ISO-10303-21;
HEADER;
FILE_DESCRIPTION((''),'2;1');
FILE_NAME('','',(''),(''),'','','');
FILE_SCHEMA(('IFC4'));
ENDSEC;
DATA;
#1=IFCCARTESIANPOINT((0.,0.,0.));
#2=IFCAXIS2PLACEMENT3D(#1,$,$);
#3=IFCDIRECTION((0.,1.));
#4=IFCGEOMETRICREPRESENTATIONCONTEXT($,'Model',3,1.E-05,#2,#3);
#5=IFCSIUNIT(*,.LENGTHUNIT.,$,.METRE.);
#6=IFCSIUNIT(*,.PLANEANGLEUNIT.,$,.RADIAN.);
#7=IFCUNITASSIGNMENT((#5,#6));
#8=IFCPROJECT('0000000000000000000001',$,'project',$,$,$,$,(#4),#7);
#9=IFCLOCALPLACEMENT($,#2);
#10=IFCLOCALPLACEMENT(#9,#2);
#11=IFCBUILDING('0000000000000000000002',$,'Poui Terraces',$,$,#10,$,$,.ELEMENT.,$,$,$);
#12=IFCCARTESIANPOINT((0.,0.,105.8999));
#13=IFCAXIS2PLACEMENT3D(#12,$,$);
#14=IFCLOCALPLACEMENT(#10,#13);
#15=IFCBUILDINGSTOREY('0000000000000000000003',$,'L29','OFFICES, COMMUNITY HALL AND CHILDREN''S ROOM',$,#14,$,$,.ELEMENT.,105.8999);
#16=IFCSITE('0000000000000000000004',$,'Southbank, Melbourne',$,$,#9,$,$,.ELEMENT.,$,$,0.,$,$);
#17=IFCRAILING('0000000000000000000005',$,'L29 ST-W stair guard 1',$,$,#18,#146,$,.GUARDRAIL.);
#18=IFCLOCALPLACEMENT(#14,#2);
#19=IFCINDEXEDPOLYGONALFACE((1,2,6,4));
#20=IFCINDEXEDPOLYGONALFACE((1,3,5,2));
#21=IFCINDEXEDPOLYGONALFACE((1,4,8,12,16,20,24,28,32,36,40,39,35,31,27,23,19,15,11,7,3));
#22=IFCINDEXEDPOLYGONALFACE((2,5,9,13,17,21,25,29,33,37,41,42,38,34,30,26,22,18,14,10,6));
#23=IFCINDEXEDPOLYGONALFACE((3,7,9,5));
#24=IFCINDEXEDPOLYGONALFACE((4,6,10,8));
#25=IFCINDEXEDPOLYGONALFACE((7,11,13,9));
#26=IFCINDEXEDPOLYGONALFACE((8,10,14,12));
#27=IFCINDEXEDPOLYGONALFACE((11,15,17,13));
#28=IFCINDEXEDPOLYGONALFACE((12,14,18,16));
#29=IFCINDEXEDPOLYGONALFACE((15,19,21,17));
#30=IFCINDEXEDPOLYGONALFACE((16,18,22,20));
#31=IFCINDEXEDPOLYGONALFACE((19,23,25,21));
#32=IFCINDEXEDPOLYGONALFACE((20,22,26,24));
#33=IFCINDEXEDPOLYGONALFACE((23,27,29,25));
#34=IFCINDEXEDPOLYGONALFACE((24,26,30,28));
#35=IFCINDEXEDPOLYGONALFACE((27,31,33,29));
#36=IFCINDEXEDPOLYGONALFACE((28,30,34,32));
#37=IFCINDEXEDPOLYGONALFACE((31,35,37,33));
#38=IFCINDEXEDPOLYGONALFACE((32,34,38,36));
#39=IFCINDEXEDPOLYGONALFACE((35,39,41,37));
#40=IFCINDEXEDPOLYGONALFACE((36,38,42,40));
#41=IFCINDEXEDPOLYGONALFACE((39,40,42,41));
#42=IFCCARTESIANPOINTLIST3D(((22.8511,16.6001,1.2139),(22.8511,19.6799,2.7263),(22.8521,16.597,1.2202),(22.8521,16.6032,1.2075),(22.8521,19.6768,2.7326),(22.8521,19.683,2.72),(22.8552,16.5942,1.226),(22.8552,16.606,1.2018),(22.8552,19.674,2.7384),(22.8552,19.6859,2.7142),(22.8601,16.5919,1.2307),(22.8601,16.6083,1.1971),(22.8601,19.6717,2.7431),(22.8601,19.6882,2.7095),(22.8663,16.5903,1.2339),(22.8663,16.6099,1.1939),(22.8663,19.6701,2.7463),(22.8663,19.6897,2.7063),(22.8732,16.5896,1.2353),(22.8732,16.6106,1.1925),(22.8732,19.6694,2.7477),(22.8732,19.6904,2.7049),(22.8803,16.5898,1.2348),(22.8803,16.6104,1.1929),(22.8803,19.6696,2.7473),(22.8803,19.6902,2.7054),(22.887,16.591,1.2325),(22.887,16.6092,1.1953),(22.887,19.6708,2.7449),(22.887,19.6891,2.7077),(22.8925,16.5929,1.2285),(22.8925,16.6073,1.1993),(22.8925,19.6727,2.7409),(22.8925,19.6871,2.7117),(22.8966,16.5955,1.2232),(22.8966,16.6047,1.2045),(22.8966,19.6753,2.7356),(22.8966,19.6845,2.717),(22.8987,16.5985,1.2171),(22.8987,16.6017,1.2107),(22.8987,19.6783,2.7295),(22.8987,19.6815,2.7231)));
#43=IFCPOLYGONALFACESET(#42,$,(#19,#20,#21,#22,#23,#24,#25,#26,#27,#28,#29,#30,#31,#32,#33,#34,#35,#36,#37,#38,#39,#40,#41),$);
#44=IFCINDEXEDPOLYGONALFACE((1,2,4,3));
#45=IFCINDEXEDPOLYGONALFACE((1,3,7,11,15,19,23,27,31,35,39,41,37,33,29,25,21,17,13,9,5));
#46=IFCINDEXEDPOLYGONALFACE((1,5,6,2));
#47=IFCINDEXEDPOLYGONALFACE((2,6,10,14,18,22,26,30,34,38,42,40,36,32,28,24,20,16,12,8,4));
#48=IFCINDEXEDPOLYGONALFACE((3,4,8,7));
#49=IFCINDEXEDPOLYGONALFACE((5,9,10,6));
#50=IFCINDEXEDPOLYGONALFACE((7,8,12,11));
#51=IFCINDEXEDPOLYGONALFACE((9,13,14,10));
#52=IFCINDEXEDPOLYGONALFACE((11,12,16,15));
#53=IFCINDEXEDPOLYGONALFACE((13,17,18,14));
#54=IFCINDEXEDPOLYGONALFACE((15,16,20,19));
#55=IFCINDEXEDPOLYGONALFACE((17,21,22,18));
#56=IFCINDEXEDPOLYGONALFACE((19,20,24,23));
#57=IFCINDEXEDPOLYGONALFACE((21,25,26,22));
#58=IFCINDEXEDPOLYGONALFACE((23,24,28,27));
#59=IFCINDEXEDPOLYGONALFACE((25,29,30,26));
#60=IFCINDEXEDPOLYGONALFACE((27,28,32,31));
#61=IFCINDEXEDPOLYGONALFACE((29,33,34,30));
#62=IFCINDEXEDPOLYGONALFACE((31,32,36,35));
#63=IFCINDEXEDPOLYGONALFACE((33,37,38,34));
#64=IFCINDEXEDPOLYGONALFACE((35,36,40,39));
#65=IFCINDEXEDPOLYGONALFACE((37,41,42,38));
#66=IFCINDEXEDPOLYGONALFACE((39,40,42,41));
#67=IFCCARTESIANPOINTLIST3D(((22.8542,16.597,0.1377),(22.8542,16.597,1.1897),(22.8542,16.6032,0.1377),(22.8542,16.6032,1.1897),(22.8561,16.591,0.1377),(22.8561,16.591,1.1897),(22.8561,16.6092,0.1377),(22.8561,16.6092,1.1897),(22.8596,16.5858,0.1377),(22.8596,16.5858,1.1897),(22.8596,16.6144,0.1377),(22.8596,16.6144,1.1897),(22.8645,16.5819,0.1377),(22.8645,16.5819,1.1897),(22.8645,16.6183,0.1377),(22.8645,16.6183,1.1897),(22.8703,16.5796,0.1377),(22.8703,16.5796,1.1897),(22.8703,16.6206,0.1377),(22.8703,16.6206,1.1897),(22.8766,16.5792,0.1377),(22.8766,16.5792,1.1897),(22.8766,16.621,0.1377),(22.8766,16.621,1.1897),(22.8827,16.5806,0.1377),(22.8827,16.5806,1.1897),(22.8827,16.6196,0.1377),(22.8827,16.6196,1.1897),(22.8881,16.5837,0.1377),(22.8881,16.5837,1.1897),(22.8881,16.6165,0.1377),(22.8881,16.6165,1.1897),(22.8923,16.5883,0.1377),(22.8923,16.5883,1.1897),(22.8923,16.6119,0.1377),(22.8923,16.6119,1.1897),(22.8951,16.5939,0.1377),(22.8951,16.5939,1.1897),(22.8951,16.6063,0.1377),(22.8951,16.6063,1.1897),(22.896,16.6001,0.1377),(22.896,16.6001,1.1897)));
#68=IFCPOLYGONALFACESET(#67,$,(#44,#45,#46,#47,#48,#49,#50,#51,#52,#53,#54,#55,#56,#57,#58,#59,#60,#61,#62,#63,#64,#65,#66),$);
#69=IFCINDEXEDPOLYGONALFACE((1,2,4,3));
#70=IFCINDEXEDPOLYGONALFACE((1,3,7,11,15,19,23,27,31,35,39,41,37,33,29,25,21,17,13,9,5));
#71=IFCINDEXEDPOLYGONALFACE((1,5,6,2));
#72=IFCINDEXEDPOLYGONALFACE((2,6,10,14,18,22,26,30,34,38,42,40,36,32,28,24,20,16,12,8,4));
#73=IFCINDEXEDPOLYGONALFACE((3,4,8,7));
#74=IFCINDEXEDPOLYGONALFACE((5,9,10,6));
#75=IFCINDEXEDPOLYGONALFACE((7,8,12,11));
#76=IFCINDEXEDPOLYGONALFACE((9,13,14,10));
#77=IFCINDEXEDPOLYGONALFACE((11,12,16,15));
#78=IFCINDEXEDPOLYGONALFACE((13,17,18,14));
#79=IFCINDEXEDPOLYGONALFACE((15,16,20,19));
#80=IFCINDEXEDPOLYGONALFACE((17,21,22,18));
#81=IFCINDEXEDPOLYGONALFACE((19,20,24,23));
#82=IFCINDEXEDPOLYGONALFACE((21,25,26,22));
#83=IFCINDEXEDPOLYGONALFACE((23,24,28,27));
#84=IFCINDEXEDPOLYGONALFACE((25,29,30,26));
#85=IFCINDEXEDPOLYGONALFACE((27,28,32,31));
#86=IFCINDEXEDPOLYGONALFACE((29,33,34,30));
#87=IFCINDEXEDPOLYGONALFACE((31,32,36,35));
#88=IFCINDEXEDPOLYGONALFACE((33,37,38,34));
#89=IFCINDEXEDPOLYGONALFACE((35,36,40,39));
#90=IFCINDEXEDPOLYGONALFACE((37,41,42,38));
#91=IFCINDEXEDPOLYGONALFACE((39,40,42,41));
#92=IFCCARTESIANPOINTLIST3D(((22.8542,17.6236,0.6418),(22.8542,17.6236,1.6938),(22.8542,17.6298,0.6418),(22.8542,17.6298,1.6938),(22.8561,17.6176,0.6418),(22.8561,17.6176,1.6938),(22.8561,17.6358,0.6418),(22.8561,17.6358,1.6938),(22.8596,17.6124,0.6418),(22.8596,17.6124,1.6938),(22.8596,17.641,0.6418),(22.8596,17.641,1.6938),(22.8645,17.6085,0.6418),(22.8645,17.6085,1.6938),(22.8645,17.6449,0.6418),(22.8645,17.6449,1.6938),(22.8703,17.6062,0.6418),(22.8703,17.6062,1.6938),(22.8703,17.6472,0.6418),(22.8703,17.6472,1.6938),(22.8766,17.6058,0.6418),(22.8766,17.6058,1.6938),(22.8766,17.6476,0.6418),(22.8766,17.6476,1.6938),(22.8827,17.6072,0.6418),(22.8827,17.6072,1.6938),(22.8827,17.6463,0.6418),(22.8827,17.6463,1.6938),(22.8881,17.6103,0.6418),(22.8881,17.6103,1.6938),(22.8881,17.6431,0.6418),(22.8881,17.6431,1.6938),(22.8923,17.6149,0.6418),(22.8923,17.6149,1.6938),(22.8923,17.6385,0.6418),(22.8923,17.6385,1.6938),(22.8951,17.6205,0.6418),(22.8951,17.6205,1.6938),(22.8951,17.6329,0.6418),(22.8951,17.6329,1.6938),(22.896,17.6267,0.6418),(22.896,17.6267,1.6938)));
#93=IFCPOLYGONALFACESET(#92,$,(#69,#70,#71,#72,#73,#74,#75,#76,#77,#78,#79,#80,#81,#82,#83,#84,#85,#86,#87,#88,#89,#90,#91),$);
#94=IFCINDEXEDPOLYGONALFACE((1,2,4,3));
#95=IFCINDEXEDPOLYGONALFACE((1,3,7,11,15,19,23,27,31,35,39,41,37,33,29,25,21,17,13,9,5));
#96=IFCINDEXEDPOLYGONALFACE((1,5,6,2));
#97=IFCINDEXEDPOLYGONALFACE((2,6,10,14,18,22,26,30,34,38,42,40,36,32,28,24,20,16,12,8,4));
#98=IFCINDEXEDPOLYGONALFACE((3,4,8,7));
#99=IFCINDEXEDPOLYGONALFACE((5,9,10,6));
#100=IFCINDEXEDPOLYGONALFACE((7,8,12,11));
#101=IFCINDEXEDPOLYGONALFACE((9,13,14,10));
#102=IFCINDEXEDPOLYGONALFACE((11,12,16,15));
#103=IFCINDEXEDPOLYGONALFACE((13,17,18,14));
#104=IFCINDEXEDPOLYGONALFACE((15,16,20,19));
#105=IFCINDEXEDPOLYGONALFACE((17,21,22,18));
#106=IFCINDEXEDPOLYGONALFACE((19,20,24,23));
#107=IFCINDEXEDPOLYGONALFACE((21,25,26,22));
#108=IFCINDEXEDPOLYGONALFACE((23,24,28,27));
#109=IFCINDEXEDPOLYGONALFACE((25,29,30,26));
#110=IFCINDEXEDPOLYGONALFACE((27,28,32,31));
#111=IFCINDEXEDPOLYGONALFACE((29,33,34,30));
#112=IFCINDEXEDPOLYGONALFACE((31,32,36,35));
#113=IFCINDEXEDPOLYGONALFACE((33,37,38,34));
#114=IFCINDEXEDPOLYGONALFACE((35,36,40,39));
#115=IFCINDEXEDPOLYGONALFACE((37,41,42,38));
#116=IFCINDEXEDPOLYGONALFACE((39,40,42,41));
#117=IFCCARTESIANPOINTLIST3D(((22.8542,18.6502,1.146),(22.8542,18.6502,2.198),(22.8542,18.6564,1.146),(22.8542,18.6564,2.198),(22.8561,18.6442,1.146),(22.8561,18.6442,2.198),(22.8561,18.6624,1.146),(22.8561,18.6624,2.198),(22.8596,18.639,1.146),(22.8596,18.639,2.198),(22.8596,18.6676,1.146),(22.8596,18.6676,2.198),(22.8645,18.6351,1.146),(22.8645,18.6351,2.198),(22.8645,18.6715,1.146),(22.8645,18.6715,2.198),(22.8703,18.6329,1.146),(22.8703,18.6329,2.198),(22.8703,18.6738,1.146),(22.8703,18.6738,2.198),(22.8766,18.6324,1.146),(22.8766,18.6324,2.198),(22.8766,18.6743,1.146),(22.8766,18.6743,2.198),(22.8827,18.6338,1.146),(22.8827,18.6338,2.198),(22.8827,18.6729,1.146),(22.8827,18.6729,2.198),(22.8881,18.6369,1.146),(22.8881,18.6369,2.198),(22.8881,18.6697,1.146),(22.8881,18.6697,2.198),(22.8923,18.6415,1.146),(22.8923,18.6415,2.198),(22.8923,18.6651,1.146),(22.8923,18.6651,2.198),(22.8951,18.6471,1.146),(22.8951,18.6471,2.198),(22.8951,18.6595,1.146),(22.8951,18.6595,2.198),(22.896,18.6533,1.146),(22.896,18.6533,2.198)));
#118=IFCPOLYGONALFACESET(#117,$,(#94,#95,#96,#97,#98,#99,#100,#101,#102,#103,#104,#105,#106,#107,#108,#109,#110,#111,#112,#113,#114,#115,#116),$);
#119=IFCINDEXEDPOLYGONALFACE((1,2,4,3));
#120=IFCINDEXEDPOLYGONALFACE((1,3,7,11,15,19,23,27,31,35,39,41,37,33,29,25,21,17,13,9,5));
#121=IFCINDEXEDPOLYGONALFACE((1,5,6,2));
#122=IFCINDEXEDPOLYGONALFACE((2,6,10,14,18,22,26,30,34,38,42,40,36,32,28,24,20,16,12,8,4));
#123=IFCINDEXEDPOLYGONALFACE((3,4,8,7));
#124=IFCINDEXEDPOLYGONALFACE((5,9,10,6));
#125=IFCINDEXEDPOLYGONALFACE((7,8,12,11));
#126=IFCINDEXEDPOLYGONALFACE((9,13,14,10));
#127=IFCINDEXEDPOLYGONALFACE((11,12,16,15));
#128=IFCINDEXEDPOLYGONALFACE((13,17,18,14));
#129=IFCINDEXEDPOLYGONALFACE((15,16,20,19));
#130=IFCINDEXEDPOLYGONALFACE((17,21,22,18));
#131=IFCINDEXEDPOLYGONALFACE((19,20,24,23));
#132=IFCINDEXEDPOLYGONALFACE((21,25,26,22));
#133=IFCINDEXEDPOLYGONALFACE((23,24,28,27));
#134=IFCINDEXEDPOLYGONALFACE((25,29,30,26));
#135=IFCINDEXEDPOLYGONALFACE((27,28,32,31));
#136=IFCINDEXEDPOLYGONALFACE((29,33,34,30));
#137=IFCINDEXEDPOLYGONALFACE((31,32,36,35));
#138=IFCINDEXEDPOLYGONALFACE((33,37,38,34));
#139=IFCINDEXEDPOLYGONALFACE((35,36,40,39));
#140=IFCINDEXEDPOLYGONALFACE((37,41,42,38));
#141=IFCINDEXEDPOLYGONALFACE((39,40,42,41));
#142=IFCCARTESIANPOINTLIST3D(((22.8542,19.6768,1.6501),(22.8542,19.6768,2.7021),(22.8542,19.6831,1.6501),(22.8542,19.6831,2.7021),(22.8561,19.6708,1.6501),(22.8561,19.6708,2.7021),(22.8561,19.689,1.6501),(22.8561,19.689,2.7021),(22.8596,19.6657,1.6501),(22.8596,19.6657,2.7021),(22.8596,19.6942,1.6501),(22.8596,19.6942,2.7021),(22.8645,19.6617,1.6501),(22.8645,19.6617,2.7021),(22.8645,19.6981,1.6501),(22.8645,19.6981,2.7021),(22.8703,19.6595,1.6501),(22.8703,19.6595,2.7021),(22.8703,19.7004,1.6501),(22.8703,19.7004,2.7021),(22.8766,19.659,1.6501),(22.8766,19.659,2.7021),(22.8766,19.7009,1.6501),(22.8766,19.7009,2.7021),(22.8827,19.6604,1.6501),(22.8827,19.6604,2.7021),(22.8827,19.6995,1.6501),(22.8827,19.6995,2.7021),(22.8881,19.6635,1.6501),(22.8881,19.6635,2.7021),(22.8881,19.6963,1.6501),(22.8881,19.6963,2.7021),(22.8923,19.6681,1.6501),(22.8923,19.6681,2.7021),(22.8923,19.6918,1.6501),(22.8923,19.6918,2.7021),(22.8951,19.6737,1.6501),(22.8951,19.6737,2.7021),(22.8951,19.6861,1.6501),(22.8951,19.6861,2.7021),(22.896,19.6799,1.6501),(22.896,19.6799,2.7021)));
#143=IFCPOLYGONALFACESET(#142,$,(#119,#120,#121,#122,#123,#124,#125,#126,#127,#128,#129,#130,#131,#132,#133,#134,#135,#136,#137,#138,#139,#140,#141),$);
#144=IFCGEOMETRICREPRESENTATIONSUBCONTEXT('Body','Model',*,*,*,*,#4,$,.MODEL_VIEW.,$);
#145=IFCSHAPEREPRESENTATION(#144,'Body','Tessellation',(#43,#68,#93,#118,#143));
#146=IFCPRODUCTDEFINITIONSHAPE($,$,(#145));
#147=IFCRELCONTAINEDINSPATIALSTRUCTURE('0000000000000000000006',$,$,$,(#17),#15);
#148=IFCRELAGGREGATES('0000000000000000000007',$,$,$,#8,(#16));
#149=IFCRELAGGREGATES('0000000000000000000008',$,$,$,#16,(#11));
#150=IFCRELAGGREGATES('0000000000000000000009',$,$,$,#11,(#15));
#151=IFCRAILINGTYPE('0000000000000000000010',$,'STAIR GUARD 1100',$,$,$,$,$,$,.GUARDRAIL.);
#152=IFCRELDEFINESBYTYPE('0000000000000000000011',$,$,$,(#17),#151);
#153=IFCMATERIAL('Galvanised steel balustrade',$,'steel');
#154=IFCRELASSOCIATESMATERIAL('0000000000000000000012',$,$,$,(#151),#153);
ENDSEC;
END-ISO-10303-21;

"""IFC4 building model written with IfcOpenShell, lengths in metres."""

from ifc_helpers import new_model, si_unit, direction, frame, origin, origin_2d, place, context, subcontext, project, spatial, circle, extrude, material, type_object, element, save


model = new_model("IFC4")

# Units and contexts
model_context = context("Model", 3, precision=1e-05, world=origin(), true_north=direction((0.0, 1.0)))
body_context = subcontext(model_context, "Body", "Model", "MODEL_VIEW")
ifc_project = project(units=[si_unit("LENGTHUNIT", "METRE"), si_unit("PLANEANGLEUNIT", "RADIAN")], contexts=[model_context])

# Site, building, storey
site_placement = place(None, origin())
site = spatial("IfcSite", under=ifc_project, at=site_placement, Name="Southbank, Melbourne", CompositionType="ELEMENT", RefElevation=0.0)
building_placement = place(site_placement, origin())
building = spatial("IfcBuilding", under=site, at=building_placement, Name="Poui Terraces", CompositionType="ELEMENT")
storey_placement = place(building_placement, frame((0.0, 0.0, 105.8999)))
storey = spatial("IfcBuildingStorey", under=building, at=storey_placement, Name="L29", Description="OFFICES, COMMUNITY HALL AND CHILDREN'S ROOM", CompositionType="ELEMENT", Elevation=105.8999)

# Railing
ifc_material_1 = material(Name="Galvanised steel balustrade", Category="steel")
railing_type_1 = type_object("IfcRailingType", Name="STAIR GUARD 1100", PredefinedType="GUARDRAIL", material=ifc_material_1)
railing_1_placement = place(storey_placement, frame((22.875, 16.6001, 0.1377)))
element("IfcRailing", 1, at=railing_1_placement, inside=storey, type_object=railing_type_1, Name="L29 ST-W stair guard 1", PredefinedType="GUARDRAIL", context=body_context, shape_type="SweptSolid", body=[
    extrude(circle(Radius=0.0239, at=origin_2d()), frame((0.0, 0.0, 1.0762), z_axis=(0.0, 0.897606, 0.440798), x_axis=(-1.0, 0.0, 0.0)), (0.0, 0.0, 1.0), 3.4312),
    extrude(circle(Radius=0.021, at=origin_2d()), origin(), (0.0, 0.0, 1.0), 1.052),
    extrude(circle(Radius=0.021, at=origin_2d()), frame((0.0, 1.0266, 0.5042)), (0.0, 0.0, 1.0), 1.052),
    extrude(circle(Radius=0.021, at=origin_2d()), frame((0.0, 2.0532, 1.0083)), (0.0, 0.0, 1.0), 1.052),
    extrude(circle(Radius=0.021, at=origin_2d()), frame((0.0, 3.0798, 1.5125)), (0.0, 0.0, 1.0), 1.052),
])

save(model, "model.ifc")
